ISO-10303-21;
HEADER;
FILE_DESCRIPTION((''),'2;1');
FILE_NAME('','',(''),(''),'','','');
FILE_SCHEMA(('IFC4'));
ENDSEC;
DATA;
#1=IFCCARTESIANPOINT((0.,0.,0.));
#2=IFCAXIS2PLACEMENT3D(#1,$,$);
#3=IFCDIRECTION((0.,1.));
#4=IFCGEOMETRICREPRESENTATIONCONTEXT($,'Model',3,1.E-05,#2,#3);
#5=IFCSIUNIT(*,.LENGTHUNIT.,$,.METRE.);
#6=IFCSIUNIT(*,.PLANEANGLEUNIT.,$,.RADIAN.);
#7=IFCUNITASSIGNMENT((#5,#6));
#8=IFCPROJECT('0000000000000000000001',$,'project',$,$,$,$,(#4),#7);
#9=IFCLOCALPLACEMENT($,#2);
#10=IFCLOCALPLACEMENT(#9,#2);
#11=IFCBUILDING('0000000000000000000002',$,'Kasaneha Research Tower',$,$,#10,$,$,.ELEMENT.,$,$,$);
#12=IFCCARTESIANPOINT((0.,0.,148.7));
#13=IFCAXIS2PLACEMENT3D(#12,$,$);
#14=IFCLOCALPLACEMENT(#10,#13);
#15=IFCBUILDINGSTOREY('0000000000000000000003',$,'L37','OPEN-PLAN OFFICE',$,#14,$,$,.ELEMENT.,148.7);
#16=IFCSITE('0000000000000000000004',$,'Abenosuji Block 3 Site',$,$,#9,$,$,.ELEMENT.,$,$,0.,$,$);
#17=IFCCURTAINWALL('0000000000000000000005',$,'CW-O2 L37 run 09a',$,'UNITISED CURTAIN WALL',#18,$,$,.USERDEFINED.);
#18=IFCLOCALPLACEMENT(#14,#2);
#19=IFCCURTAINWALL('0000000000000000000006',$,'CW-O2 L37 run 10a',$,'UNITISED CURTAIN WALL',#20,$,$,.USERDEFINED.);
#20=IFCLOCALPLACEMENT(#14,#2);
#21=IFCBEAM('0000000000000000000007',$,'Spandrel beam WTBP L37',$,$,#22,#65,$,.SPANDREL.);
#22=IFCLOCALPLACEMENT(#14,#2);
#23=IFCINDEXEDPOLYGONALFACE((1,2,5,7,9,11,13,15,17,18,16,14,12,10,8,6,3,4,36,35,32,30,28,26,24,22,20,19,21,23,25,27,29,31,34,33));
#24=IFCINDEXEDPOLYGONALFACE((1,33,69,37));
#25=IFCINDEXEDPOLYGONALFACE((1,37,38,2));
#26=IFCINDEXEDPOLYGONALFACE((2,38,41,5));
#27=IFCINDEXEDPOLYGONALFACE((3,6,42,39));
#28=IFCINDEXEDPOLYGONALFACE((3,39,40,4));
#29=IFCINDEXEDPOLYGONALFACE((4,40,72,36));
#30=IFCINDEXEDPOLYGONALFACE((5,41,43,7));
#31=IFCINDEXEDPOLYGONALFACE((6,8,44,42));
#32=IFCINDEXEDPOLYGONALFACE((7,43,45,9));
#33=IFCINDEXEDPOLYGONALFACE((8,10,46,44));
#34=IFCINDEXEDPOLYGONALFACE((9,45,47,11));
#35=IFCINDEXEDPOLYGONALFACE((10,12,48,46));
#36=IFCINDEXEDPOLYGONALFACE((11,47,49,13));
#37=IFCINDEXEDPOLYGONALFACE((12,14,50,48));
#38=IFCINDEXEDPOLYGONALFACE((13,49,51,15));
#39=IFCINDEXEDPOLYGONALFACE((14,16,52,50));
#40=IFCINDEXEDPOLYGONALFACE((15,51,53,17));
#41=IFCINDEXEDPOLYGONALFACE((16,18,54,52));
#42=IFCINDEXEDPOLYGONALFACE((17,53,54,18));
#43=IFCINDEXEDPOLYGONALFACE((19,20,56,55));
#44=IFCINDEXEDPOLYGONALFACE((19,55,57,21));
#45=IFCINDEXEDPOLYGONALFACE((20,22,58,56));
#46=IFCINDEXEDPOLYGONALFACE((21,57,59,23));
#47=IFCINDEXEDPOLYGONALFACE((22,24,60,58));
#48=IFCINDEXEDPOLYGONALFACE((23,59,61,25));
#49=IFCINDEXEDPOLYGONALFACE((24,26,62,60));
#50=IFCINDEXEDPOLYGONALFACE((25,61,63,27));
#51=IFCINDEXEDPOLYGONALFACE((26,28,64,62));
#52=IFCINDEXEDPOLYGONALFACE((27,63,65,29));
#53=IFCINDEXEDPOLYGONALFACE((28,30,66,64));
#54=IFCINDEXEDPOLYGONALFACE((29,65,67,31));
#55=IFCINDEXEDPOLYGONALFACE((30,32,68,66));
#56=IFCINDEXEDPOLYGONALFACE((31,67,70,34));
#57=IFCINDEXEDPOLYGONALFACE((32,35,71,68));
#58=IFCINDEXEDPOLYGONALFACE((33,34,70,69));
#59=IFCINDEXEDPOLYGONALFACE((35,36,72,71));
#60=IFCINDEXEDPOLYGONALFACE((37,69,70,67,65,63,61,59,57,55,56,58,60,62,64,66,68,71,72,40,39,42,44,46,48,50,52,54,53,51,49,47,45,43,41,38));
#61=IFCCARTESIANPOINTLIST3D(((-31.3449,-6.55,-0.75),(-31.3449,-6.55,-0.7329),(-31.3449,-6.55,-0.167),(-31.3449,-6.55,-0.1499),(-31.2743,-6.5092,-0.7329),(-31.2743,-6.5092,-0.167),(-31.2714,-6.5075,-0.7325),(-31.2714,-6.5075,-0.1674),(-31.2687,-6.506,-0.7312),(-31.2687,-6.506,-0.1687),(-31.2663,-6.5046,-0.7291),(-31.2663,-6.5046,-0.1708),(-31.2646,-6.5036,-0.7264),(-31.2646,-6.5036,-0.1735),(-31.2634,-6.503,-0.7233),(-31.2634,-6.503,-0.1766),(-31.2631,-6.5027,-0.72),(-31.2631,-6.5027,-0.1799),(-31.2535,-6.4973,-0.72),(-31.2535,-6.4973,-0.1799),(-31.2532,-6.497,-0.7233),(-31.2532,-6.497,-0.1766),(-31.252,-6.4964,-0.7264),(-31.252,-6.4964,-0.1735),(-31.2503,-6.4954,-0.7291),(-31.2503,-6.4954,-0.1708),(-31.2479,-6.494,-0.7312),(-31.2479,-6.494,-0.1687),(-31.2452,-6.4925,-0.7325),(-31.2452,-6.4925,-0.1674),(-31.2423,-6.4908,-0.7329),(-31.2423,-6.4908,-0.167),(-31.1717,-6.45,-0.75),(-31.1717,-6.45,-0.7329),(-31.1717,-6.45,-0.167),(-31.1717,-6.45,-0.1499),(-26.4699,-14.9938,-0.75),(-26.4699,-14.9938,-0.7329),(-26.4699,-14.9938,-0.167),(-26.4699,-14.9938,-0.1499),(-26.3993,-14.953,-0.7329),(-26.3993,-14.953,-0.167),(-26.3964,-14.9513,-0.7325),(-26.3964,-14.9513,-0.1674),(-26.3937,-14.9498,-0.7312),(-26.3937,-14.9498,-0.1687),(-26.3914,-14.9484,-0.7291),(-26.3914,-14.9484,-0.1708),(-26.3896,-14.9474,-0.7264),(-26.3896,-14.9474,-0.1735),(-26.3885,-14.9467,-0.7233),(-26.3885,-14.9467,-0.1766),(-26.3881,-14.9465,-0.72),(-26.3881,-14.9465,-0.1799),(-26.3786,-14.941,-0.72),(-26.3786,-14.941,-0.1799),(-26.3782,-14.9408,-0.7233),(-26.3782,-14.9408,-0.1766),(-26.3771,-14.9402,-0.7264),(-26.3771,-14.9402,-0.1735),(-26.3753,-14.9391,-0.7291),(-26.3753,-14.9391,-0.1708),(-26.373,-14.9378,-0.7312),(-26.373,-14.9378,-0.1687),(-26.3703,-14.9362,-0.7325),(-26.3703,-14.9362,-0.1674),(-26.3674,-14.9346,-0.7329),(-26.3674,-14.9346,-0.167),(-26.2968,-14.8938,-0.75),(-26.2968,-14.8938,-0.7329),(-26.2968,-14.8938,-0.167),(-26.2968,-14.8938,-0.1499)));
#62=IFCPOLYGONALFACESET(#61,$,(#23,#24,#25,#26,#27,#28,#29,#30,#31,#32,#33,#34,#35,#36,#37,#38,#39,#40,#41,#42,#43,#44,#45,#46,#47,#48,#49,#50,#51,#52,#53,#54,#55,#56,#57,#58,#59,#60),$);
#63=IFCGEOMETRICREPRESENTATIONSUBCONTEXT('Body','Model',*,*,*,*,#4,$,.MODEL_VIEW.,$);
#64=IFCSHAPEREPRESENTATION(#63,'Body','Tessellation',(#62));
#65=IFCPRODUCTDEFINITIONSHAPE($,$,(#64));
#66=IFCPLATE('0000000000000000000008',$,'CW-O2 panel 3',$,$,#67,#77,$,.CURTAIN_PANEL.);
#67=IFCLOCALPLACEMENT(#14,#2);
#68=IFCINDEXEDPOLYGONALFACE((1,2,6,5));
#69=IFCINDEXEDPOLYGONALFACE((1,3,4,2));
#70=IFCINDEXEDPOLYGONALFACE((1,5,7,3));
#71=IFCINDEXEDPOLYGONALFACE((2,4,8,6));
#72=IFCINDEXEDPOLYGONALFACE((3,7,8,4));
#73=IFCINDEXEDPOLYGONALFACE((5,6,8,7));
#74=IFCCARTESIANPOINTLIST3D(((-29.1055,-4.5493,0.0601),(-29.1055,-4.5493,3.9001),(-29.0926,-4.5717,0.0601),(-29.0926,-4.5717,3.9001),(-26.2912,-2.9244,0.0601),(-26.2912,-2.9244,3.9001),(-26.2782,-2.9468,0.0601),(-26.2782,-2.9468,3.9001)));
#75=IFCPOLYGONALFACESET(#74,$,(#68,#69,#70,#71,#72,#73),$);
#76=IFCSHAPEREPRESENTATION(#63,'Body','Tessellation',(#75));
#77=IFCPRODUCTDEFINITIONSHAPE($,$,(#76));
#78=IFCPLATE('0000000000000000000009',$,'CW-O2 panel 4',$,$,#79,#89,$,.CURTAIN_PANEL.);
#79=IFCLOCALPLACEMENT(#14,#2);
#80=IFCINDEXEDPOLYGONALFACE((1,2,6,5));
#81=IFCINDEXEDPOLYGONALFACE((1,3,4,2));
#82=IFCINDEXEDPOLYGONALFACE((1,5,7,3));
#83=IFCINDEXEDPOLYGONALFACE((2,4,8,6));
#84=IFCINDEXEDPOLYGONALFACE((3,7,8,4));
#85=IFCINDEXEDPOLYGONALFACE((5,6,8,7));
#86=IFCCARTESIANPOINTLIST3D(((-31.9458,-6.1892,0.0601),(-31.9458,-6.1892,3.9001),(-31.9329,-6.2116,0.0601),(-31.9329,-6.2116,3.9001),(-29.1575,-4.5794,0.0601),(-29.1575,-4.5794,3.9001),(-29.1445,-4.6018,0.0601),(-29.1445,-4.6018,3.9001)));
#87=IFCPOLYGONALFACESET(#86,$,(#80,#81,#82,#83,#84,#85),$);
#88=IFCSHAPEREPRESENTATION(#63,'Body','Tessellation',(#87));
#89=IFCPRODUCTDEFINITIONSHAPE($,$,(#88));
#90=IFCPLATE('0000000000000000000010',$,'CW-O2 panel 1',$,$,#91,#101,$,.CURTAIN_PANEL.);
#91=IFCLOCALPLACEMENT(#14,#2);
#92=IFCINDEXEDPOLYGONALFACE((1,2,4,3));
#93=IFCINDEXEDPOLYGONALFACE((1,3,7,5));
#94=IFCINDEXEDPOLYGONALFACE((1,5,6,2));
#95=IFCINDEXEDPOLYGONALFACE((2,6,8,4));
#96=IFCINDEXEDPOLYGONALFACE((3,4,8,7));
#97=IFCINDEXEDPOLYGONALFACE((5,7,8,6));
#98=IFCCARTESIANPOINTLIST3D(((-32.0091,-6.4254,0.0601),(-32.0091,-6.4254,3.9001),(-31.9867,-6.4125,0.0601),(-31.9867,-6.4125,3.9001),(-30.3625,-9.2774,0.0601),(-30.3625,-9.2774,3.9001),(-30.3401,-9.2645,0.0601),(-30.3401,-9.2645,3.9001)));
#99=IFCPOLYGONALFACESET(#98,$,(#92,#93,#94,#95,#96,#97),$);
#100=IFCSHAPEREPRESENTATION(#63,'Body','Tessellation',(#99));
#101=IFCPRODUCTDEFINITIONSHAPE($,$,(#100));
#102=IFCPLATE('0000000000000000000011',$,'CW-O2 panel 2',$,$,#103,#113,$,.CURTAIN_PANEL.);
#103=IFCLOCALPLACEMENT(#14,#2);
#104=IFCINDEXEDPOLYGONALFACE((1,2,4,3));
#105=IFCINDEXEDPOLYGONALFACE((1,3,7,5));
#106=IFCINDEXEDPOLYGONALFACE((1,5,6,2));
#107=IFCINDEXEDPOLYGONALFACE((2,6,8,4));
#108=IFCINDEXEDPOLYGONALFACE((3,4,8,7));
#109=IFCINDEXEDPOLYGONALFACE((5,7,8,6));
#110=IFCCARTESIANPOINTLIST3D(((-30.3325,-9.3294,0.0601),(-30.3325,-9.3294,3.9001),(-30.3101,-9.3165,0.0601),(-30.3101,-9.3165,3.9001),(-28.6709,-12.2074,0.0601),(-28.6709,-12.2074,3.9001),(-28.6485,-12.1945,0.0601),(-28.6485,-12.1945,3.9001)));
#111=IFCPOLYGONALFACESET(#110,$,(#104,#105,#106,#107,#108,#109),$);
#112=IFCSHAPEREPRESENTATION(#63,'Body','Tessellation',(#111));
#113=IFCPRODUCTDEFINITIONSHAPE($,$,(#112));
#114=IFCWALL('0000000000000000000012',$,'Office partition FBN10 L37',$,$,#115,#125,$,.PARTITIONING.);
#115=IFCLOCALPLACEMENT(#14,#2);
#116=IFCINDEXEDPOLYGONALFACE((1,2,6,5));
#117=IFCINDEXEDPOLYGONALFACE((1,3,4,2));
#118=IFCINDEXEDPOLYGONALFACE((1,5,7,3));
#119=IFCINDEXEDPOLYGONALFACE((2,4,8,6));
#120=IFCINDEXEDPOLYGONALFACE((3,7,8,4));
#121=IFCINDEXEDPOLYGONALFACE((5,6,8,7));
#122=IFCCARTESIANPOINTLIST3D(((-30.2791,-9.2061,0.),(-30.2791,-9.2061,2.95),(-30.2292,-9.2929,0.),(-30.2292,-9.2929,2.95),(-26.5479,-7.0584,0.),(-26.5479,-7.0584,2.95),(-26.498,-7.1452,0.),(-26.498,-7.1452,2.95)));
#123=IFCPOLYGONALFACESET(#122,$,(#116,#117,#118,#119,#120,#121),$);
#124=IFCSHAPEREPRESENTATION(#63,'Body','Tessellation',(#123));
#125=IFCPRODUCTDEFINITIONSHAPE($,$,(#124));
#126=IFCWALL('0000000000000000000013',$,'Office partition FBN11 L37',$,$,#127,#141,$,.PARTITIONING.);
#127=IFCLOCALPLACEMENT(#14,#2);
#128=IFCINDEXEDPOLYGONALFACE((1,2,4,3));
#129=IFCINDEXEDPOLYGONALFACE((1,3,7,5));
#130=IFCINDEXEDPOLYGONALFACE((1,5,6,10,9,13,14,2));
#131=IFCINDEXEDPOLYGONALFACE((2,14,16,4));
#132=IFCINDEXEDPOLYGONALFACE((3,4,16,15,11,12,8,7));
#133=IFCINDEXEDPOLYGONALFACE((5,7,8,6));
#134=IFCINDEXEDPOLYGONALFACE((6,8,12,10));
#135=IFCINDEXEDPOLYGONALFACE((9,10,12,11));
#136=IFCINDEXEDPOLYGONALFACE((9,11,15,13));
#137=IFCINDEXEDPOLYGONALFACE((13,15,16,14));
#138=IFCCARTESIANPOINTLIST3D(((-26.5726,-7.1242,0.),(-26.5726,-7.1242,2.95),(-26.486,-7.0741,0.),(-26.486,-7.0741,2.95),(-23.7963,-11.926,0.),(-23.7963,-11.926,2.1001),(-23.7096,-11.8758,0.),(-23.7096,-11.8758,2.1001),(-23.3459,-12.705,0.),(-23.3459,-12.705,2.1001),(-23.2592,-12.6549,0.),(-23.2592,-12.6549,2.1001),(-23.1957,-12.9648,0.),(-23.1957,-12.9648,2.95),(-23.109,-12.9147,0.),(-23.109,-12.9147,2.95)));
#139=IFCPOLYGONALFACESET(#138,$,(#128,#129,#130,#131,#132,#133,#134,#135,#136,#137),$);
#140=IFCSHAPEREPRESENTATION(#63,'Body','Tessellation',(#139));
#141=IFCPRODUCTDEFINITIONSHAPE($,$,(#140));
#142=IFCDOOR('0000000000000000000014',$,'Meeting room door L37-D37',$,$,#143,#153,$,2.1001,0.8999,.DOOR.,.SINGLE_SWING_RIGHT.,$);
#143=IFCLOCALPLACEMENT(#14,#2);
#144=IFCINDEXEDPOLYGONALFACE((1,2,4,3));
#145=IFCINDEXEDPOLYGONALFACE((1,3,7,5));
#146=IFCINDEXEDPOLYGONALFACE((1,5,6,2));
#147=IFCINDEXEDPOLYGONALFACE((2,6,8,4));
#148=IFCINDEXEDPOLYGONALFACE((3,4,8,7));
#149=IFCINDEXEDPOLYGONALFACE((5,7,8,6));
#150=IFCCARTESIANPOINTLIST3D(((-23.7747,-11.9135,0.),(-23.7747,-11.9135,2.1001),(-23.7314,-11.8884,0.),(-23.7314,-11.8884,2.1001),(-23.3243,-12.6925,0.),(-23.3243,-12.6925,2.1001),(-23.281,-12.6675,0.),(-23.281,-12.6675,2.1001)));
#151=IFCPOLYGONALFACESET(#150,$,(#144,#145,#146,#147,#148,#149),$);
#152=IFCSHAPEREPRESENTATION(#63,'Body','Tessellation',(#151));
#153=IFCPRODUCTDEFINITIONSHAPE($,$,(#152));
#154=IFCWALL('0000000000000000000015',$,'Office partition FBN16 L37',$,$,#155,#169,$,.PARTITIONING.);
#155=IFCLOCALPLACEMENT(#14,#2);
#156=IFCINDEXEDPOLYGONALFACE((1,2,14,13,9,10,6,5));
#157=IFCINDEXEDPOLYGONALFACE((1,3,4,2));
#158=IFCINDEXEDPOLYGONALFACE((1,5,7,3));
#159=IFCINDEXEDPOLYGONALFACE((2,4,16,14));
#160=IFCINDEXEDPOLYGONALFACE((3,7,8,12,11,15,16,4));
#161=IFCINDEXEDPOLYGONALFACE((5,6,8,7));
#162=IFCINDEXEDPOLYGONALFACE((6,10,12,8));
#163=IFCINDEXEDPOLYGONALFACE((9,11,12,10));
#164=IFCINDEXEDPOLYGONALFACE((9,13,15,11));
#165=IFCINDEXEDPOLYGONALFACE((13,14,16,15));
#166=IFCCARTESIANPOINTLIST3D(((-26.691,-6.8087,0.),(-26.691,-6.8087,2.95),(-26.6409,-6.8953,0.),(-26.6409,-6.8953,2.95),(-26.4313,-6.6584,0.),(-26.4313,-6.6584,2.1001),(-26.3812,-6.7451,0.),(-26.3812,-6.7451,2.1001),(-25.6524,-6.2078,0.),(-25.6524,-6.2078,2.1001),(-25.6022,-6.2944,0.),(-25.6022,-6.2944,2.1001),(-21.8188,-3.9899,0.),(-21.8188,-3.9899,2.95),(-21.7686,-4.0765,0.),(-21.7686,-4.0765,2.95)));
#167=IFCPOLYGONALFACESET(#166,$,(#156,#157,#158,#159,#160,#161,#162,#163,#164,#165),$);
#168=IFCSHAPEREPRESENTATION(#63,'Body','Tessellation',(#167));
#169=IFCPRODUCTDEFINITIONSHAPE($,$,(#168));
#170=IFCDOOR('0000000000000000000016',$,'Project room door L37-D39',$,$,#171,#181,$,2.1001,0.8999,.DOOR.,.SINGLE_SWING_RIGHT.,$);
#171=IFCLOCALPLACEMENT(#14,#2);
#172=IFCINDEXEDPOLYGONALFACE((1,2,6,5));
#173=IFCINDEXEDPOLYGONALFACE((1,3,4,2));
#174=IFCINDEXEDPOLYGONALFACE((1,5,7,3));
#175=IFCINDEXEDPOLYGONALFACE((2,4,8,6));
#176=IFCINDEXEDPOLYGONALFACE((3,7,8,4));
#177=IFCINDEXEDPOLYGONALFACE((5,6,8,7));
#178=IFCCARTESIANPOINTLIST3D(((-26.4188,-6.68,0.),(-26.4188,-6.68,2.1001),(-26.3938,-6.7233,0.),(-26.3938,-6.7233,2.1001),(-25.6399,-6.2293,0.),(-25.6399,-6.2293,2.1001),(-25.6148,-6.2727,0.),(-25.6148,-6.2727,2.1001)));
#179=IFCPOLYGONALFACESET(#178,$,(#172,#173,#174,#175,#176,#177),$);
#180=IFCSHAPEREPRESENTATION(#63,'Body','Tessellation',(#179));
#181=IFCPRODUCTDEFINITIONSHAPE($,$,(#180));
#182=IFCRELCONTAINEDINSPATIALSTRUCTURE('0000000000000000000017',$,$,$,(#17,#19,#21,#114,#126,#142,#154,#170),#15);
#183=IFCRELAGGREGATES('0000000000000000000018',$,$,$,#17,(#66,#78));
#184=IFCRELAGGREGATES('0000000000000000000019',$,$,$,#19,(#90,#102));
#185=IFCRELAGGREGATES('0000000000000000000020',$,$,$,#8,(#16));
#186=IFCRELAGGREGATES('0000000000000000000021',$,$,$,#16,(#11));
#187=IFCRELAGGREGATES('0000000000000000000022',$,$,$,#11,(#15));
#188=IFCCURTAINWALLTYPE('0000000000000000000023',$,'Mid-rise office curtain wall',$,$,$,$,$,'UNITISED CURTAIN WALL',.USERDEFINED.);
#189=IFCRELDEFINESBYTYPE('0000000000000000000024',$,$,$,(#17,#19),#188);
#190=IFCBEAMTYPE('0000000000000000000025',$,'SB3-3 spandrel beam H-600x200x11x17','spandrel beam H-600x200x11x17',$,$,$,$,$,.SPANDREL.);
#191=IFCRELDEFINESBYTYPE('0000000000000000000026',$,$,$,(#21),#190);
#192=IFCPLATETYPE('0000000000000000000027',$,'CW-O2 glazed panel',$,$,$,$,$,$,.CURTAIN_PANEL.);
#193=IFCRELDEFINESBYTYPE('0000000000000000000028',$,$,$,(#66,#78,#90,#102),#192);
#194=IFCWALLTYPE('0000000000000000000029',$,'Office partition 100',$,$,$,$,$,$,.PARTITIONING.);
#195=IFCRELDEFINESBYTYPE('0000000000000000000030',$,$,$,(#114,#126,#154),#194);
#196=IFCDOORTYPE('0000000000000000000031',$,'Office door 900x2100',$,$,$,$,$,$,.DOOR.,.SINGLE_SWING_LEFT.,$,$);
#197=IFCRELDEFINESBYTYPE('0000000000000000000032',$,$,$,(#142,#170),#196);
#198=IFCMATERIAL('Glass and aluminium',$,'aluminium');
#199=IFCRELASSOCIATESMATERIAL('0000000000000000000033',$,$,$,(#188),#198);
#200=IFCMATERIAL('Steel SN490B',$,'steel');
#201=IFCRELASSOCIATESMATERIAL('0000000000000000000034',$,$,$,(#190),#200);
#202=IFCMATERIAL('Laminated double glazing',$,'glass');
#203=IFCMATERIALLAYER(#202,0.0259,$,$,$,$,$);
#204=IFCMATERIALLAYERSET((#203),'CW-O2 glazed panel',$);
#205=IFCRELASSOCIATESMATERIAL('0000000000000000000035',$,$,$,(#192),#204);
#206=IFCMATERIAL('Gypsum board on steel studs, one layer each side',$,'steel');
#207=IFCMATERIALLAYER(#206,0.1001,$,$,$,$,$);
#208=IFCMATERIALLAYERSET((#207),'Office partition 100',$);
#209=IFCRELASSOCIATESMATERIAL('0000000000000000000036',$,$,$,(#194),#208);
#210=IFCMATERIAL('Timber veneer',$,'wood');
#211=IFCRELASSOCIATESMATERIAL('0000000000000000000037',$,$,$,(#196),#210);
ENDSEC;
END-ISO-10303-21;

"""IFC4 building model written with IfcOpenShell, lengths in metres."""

from ifc_helpers import new_model, si_unit, direction, frame, frame_2d, origin, origin_2d, place, context, subcontext, project, spatial, rectangle, i_section, extrude, material, layer, layer_set, material_profile, profile_set, type_object, element, fill, aggregate, save


model = new_model("IFC4")

# Units and contexts
model_context = context("Model", 3, precision=1e-05, world=origin(), true_north=direction((0.0, 1.0)))
body_context = subcontext(model_context, "Body", "Model", "MODEL_VIEW")
ifc_project = project(units=[si_unit("LENGTHUNIT", "METRE"), si_unit("PLANEANGLEUNIT", "RADIAN")], contexts=[model_context])

# Site, building, storey
site_placement = place(None, origin())
site = spatial("IfcSite", under=ifc_project, at=site_placement, Name="Abenosuji Block 3 Site", CompositionType="ELEMENT", RefElevation=0.0)
building_placement = place(site_placement, origin())
building = spatial("IfcBuilding", under=site, at=building_placement, Name="Kasaneha Research Tower", CompositionType="ELEMENT")
storey_placement = place(building_placement, frame((0.0, 0.0, 148.7)))
storey = spatial("IfcBuildingStorey", under=building, at=storey_placement, Name="L37", Description="OPEN-PLAN OFFICE", CompositionType="ELEMENT", Elevation=148.7)

# Curtain walls
ifc_material_1 = material(Name="Glass and aluminium", Category="aluminium")
curtain_wall_type = type_object("IfcCurtainWallType", Name="Mid-rise office curtain wall", ElementType="UNITISED CURTAIN WALL", PredefinedType="USERDEFINED", material=ifc_material_1)
curtain_wall_1_placement = place(storey_placement, origin())
curtain_wall_1 = element("IfcCurtainWall", 1, at=curtain_wall_1_placement, inside=storey, type_object=curtain_wall_type, Name="CW-O2 L37 run 09a", ObjectType="UNITISED CURTAIN WALL", PredefinedType="USERDEFINED")
curtain_wall_2_placement = place(storey_placement, origin())
curtain_wall_2 = element("IfcCurtainWall", 2, at=curtain_wall_2_placement, inside=storey, type_object=curtain_wall_type, Name="CW-O2 L37 run 10a", ObjectType="UNITISED CURTAIN WALL", PredefinedType="USERDEFINED")

# Beam
ifc_material_2 = material(Name="Steel SN490B", Category="steel")
ifc_material_profile_1 = material_profile(ifc_material_2, i_section(OverallWidth=0.2, OverallDepth=0.6001, WebThickness=0.011, FlangeThickness=0.0171, FilletRadius=0.0129, at=origin_2d()), Name="H-600x200x11x17")
ifc_profile_set_1 = profile_set([ifc_material_profile_1], Name="Steel SN490B")
beam_type_1 = type_object("IfcBeamType", Name="SB3-3 spandrel beam H-600x200x11x17", Description="spandrel beam H-600x200x11x17", PredefinedType="SPANDREL", material=ifc_profile_set_1)
beam_1_placement = place(storey_placement, frame((-31.2583, -6.5, -0.45), z_axis=(0.499996, -0.866028, 0.0), x_axis=(0.866028, 0.499996, 0.0)))
element("IfcBeam", 3, at=beam_1_placement, inside=storey, type_object=beam_type_1, Name="Spandrel beam WTBP L37", PredefinedType="SPANDREL", context=body_context, shape_type="SweptSolid", body=[
    extrude(i_section(OverallWidth=0.2, OverallDepth=0.6001, WebThickness=0.011, FlangeThickness=0.0171, FilletRadius=0.0129, at=origin_2d()), origin(), (0.0, 0.0, 1.0), 9.75),
])

# Plates
ifc_material_3 = material(Name="Laminated double glazing", Category="glass")
ifc_layer_1 = layer(ifc_material_3, 0.0259)
ifc_layer_set_1 = layer_set([ifc_layer_1], Name="CW-O2 glazed panel")
plate_type = type_object("IfcPlateType", Name="CW-O2 glazed panel", PredefinedType="CURTAIN_PANEL", material=ifc_layer_set_1)
plate_1_placement = place(storey_placement, frame((-27.6919, -3.748, 0.0601), z_axis=(0.0, 0.0, 1.0), x_axis=(-0.866025, -0.5, 0.0)))
plate_1 = element("IfcPlate", 4, at=plate_1_placement, type_object=plate_type, Name="CW-O2 panel 3", PredefinedType="CURTAIN_PANEL", context=body_context, shape_type="SweptSolid", body=[
    extrude(rectangle(XDim=3.2498, YDim=0.0259, at=origin_2d()), origin(), (0.0, 0.0, 1.0), 3.8401),
])
plate_2_placement = place(storey_placement, frame((-30.5452, -5.3955, 0.0601), z_axis=(0.0, 0.0, 1.0), x_axis=(-0.866025, -0.5, 0.0)))
plate_2 = element("IfcPlate", 5, at=plate_2_placement, type_object=plate_type, Name="CW-O2 panel 4", PredefinedType="CURTAIN_PANEL", context=body_context, shape_type="SweptSolid", body=[
    extrude(rectangle(XDim=3.2197, YDim=0.0259, at=origin_2d()), origin(), (0.0, 0.0, 1.0), 3.8401),
])
aggregate(curtain_wall_1, [plate_1, plate_2])
plate_3_placement = place(storey_placement, frame((-31.1746, -7.845, 0.0601), z_axis=(0.0, 0.0, 1.0), x_axis=(0.5, -0.866025, 0.0)))
plate_3 = element("IfcPlate", 6, at=plate_3_placement, type_object=plate_type, Name="CW-O2 panel 1", PredefinedType="CURTAIN_PANEL", context=body_context, shape_type="SweptSolid", body=[
    extrude(rectangle(XDim=3.2932, YDim=0.0259, at=origin_2d()), origin(), (0.0, 0.0, 1.0), 3.8401),
])
plate_4_placement = place(storey_placement, frame((-29.4905, -10.762, 0.0601), z_axis=(0.0, 0.0, 1.0), x_axis=(0.5, -0.866025, 0.0)))
plate_4 = element("IfcPlate", 7, at=plate_4_placement, type_object=plate_type, Name="CW-O2 panel 2", PredefinedType="CURTAIN_PANEL", context=body_context, shape_type="SweptSolid", body=[
    extrude(rectangle(XDim=3.3232, YDim=0.0259, at=origin_2d()), origin(), (0.0, 0.0, 1.0), 3.8401),
])
aggregate(curtain_wall_2, [plate_3, plate_4])

# Wall
ifc_material_4 = material(Name="Gypsum board on steel studs, one layer each side", Category="steel")
ifc_layer_2 = layer(ifc_material_4, 0.1001)
ifc_layer_set_2 = layer_set([ifc_layer_2], Name="Office partition 100")
wall_type_1 = type_object("IfcWallType", Name="Office partition 100", PredefinedType="PARTITIONING", material=ifc_layer_set_2)
wall_1_placement = place(storey_placement, frame((-30.2542, -9.2495, 0.0), z_axis=(0.0, 0.0, 1.0), x_axis=(0.866679, 0.498866, 0.0)))
element("IfcWall", 8, at=wall_1_placement, inside=storey, type_object=wall_type_1, Name="Office partition FBN10 L37", PredefinedType="PARTITIONING", context=body_context, shape_type="SweptSolid", body=[
    extrude(rectangle(XDim=4.3052, YDim=0.1001, at=frame_2d((2.1526, 0.0))), origin(), (0.0, 0.0, 1.0), 2.95),
])

# Walls, openings, doors
wall_2_placement = place(storey_placement, frame((-26.5293, -7.0991, 0.0), z_axis=(0.0, 0.0, 1.0), x_axis=(0.500544, -0.865711, 0.0)))
wall_2 = element("IfcWall", 9, at=wall_2_placement, inside=storey, type_object=wall_type_1, Name="Office partition FBN11 L37", PredefinedType="PARTITIONING", context=body_context, shape_type="SweptSolid", body=[
    extrude(rectangle(XDim=6.7466, YDim=0.1001, at=frame_2d((3.3733, 0.0))), origin(), (0.0, 0.0, 1.0), 2.95),
])
opening_1_placement = place(wall_2_placement, frame((5.5466, 0.0, 0.0)))
opening_1 = element("IfcOpeningElement", 10, at=opening_1_placement, cuts=wall_2, PredefinedType="OPENING", context=body_context, shape_type="SweptSolid", body=[
    extrude(rectangle(XDim=0.8999, YDim=2.1001, at=frame_2d((0.45, 1.05))), frame((0.0, 0.0601, 0.0), z_axis=(0.0, -1.0, 0.0), x_axis=(1.0, 0.0, 0.0)), (0.0, 0.0, 1.0), 0.1201),
])
ifc_material_5 = material(Name="Timber veneer", Category="wood")
door_type_1 = type_object("IfcDoorType", Name="Office door 900x2100", OperationType="SINGLE_SWING_LEFT", PredefinedType="DOOR", material=ifc_material_5)
door_1_placement = place(opening_1_placement, origin())
door_1 = element("IfcDoor", 11, at=door_1_placement, inside=storey, type_object=door_type_1, Name="Meeting room door L37-D37", OperationType="SINGLE_SWING_RIGHT", OverallHeight=2.1001, OverallWidth=0.8999, PredefinedType="DOOR", context=body_context, shape_type="SweptSolid", body=[
    extrude(rectangle(XDim=0.8999, YDim=2.1001, at=frame_2d((0.45, 1.05))), frame((0.0, 0.0249, 0.0), z_axis=(0.0, -1.0, 0.0), x_axis=(1.0, 0.0, 0.0)), (0.0, 0.0, 1.0), 0.05),
])
fill(opening_1, door_1)
wall_3_placement = place(storey_placement, frame((-21.7937, -4.0332, 0.0), z_axis=(0.0, 0.0, 1.0), x_axis=(-0.865578, -0.500775, 0.0)))
wall_3 = element("IfcWall", 12, at=wall_3_placement, inside=storey, type_object=wall_type_1, Name="Office partition FBN16 L37", PredefinedType="PARTITIONING", context=body_context, shape_type="SweptSolid", body=[
    extrude(rectangle(XDim=5.6289, YDim=0.1001, at=frame_2d((2.8145, 0.0))), origin(), (0.0, 0.0, 1.0), 2.95),
])
opening_2_placement = place(wall_3_placement, frame((4.429, 0.0, 0.0)))
opening_2 = element("IfcOpeningElement", 13, at=opening_2_placement, cuts=wall_3, PredefinedType="OPENING", context=body_context, shape_type="SweptSolid", body=[
    extrude(rectangle(XDim=0.8999, YDim=2.1001, at=frame_2d((0.45, 1.05))), frame((0.0, 0.0601, 0.0), z_axis=(0.0, -1.0, 0.0), x_axis=(1.0, 0.0, 0.0)), (0.0, 0.0, 1.0), 0.1201),
])
door_2_placement = place(opening_2_placement, origin())
door_2 = element("IfcDoor", 14, at=door_2_placement, inside=storey, type_object=door_type_1, Name="Project room door L37-D39", OperationType="SINGLE_SWING_RIGHT", OverallHeight=2.1001, OverallWidth=0.8999, PredefinedType="DOOR", context=body_context, shape_type="SweptSolid", body=[
    extrude(rectangle(XDim=0.8999, YDim=2.1001, at=frame_2d((0.45, 1.05))), frame((0.0, 0.0249, 0.0), z_axis=(0.0, -1.0, 0.0), x_axis=(1.0, 0.0, 0.0)), (0.0, 0.0, 1.0), 0.05),
])
fill(opening_2, door_2)

save(model, "model.ifc")
